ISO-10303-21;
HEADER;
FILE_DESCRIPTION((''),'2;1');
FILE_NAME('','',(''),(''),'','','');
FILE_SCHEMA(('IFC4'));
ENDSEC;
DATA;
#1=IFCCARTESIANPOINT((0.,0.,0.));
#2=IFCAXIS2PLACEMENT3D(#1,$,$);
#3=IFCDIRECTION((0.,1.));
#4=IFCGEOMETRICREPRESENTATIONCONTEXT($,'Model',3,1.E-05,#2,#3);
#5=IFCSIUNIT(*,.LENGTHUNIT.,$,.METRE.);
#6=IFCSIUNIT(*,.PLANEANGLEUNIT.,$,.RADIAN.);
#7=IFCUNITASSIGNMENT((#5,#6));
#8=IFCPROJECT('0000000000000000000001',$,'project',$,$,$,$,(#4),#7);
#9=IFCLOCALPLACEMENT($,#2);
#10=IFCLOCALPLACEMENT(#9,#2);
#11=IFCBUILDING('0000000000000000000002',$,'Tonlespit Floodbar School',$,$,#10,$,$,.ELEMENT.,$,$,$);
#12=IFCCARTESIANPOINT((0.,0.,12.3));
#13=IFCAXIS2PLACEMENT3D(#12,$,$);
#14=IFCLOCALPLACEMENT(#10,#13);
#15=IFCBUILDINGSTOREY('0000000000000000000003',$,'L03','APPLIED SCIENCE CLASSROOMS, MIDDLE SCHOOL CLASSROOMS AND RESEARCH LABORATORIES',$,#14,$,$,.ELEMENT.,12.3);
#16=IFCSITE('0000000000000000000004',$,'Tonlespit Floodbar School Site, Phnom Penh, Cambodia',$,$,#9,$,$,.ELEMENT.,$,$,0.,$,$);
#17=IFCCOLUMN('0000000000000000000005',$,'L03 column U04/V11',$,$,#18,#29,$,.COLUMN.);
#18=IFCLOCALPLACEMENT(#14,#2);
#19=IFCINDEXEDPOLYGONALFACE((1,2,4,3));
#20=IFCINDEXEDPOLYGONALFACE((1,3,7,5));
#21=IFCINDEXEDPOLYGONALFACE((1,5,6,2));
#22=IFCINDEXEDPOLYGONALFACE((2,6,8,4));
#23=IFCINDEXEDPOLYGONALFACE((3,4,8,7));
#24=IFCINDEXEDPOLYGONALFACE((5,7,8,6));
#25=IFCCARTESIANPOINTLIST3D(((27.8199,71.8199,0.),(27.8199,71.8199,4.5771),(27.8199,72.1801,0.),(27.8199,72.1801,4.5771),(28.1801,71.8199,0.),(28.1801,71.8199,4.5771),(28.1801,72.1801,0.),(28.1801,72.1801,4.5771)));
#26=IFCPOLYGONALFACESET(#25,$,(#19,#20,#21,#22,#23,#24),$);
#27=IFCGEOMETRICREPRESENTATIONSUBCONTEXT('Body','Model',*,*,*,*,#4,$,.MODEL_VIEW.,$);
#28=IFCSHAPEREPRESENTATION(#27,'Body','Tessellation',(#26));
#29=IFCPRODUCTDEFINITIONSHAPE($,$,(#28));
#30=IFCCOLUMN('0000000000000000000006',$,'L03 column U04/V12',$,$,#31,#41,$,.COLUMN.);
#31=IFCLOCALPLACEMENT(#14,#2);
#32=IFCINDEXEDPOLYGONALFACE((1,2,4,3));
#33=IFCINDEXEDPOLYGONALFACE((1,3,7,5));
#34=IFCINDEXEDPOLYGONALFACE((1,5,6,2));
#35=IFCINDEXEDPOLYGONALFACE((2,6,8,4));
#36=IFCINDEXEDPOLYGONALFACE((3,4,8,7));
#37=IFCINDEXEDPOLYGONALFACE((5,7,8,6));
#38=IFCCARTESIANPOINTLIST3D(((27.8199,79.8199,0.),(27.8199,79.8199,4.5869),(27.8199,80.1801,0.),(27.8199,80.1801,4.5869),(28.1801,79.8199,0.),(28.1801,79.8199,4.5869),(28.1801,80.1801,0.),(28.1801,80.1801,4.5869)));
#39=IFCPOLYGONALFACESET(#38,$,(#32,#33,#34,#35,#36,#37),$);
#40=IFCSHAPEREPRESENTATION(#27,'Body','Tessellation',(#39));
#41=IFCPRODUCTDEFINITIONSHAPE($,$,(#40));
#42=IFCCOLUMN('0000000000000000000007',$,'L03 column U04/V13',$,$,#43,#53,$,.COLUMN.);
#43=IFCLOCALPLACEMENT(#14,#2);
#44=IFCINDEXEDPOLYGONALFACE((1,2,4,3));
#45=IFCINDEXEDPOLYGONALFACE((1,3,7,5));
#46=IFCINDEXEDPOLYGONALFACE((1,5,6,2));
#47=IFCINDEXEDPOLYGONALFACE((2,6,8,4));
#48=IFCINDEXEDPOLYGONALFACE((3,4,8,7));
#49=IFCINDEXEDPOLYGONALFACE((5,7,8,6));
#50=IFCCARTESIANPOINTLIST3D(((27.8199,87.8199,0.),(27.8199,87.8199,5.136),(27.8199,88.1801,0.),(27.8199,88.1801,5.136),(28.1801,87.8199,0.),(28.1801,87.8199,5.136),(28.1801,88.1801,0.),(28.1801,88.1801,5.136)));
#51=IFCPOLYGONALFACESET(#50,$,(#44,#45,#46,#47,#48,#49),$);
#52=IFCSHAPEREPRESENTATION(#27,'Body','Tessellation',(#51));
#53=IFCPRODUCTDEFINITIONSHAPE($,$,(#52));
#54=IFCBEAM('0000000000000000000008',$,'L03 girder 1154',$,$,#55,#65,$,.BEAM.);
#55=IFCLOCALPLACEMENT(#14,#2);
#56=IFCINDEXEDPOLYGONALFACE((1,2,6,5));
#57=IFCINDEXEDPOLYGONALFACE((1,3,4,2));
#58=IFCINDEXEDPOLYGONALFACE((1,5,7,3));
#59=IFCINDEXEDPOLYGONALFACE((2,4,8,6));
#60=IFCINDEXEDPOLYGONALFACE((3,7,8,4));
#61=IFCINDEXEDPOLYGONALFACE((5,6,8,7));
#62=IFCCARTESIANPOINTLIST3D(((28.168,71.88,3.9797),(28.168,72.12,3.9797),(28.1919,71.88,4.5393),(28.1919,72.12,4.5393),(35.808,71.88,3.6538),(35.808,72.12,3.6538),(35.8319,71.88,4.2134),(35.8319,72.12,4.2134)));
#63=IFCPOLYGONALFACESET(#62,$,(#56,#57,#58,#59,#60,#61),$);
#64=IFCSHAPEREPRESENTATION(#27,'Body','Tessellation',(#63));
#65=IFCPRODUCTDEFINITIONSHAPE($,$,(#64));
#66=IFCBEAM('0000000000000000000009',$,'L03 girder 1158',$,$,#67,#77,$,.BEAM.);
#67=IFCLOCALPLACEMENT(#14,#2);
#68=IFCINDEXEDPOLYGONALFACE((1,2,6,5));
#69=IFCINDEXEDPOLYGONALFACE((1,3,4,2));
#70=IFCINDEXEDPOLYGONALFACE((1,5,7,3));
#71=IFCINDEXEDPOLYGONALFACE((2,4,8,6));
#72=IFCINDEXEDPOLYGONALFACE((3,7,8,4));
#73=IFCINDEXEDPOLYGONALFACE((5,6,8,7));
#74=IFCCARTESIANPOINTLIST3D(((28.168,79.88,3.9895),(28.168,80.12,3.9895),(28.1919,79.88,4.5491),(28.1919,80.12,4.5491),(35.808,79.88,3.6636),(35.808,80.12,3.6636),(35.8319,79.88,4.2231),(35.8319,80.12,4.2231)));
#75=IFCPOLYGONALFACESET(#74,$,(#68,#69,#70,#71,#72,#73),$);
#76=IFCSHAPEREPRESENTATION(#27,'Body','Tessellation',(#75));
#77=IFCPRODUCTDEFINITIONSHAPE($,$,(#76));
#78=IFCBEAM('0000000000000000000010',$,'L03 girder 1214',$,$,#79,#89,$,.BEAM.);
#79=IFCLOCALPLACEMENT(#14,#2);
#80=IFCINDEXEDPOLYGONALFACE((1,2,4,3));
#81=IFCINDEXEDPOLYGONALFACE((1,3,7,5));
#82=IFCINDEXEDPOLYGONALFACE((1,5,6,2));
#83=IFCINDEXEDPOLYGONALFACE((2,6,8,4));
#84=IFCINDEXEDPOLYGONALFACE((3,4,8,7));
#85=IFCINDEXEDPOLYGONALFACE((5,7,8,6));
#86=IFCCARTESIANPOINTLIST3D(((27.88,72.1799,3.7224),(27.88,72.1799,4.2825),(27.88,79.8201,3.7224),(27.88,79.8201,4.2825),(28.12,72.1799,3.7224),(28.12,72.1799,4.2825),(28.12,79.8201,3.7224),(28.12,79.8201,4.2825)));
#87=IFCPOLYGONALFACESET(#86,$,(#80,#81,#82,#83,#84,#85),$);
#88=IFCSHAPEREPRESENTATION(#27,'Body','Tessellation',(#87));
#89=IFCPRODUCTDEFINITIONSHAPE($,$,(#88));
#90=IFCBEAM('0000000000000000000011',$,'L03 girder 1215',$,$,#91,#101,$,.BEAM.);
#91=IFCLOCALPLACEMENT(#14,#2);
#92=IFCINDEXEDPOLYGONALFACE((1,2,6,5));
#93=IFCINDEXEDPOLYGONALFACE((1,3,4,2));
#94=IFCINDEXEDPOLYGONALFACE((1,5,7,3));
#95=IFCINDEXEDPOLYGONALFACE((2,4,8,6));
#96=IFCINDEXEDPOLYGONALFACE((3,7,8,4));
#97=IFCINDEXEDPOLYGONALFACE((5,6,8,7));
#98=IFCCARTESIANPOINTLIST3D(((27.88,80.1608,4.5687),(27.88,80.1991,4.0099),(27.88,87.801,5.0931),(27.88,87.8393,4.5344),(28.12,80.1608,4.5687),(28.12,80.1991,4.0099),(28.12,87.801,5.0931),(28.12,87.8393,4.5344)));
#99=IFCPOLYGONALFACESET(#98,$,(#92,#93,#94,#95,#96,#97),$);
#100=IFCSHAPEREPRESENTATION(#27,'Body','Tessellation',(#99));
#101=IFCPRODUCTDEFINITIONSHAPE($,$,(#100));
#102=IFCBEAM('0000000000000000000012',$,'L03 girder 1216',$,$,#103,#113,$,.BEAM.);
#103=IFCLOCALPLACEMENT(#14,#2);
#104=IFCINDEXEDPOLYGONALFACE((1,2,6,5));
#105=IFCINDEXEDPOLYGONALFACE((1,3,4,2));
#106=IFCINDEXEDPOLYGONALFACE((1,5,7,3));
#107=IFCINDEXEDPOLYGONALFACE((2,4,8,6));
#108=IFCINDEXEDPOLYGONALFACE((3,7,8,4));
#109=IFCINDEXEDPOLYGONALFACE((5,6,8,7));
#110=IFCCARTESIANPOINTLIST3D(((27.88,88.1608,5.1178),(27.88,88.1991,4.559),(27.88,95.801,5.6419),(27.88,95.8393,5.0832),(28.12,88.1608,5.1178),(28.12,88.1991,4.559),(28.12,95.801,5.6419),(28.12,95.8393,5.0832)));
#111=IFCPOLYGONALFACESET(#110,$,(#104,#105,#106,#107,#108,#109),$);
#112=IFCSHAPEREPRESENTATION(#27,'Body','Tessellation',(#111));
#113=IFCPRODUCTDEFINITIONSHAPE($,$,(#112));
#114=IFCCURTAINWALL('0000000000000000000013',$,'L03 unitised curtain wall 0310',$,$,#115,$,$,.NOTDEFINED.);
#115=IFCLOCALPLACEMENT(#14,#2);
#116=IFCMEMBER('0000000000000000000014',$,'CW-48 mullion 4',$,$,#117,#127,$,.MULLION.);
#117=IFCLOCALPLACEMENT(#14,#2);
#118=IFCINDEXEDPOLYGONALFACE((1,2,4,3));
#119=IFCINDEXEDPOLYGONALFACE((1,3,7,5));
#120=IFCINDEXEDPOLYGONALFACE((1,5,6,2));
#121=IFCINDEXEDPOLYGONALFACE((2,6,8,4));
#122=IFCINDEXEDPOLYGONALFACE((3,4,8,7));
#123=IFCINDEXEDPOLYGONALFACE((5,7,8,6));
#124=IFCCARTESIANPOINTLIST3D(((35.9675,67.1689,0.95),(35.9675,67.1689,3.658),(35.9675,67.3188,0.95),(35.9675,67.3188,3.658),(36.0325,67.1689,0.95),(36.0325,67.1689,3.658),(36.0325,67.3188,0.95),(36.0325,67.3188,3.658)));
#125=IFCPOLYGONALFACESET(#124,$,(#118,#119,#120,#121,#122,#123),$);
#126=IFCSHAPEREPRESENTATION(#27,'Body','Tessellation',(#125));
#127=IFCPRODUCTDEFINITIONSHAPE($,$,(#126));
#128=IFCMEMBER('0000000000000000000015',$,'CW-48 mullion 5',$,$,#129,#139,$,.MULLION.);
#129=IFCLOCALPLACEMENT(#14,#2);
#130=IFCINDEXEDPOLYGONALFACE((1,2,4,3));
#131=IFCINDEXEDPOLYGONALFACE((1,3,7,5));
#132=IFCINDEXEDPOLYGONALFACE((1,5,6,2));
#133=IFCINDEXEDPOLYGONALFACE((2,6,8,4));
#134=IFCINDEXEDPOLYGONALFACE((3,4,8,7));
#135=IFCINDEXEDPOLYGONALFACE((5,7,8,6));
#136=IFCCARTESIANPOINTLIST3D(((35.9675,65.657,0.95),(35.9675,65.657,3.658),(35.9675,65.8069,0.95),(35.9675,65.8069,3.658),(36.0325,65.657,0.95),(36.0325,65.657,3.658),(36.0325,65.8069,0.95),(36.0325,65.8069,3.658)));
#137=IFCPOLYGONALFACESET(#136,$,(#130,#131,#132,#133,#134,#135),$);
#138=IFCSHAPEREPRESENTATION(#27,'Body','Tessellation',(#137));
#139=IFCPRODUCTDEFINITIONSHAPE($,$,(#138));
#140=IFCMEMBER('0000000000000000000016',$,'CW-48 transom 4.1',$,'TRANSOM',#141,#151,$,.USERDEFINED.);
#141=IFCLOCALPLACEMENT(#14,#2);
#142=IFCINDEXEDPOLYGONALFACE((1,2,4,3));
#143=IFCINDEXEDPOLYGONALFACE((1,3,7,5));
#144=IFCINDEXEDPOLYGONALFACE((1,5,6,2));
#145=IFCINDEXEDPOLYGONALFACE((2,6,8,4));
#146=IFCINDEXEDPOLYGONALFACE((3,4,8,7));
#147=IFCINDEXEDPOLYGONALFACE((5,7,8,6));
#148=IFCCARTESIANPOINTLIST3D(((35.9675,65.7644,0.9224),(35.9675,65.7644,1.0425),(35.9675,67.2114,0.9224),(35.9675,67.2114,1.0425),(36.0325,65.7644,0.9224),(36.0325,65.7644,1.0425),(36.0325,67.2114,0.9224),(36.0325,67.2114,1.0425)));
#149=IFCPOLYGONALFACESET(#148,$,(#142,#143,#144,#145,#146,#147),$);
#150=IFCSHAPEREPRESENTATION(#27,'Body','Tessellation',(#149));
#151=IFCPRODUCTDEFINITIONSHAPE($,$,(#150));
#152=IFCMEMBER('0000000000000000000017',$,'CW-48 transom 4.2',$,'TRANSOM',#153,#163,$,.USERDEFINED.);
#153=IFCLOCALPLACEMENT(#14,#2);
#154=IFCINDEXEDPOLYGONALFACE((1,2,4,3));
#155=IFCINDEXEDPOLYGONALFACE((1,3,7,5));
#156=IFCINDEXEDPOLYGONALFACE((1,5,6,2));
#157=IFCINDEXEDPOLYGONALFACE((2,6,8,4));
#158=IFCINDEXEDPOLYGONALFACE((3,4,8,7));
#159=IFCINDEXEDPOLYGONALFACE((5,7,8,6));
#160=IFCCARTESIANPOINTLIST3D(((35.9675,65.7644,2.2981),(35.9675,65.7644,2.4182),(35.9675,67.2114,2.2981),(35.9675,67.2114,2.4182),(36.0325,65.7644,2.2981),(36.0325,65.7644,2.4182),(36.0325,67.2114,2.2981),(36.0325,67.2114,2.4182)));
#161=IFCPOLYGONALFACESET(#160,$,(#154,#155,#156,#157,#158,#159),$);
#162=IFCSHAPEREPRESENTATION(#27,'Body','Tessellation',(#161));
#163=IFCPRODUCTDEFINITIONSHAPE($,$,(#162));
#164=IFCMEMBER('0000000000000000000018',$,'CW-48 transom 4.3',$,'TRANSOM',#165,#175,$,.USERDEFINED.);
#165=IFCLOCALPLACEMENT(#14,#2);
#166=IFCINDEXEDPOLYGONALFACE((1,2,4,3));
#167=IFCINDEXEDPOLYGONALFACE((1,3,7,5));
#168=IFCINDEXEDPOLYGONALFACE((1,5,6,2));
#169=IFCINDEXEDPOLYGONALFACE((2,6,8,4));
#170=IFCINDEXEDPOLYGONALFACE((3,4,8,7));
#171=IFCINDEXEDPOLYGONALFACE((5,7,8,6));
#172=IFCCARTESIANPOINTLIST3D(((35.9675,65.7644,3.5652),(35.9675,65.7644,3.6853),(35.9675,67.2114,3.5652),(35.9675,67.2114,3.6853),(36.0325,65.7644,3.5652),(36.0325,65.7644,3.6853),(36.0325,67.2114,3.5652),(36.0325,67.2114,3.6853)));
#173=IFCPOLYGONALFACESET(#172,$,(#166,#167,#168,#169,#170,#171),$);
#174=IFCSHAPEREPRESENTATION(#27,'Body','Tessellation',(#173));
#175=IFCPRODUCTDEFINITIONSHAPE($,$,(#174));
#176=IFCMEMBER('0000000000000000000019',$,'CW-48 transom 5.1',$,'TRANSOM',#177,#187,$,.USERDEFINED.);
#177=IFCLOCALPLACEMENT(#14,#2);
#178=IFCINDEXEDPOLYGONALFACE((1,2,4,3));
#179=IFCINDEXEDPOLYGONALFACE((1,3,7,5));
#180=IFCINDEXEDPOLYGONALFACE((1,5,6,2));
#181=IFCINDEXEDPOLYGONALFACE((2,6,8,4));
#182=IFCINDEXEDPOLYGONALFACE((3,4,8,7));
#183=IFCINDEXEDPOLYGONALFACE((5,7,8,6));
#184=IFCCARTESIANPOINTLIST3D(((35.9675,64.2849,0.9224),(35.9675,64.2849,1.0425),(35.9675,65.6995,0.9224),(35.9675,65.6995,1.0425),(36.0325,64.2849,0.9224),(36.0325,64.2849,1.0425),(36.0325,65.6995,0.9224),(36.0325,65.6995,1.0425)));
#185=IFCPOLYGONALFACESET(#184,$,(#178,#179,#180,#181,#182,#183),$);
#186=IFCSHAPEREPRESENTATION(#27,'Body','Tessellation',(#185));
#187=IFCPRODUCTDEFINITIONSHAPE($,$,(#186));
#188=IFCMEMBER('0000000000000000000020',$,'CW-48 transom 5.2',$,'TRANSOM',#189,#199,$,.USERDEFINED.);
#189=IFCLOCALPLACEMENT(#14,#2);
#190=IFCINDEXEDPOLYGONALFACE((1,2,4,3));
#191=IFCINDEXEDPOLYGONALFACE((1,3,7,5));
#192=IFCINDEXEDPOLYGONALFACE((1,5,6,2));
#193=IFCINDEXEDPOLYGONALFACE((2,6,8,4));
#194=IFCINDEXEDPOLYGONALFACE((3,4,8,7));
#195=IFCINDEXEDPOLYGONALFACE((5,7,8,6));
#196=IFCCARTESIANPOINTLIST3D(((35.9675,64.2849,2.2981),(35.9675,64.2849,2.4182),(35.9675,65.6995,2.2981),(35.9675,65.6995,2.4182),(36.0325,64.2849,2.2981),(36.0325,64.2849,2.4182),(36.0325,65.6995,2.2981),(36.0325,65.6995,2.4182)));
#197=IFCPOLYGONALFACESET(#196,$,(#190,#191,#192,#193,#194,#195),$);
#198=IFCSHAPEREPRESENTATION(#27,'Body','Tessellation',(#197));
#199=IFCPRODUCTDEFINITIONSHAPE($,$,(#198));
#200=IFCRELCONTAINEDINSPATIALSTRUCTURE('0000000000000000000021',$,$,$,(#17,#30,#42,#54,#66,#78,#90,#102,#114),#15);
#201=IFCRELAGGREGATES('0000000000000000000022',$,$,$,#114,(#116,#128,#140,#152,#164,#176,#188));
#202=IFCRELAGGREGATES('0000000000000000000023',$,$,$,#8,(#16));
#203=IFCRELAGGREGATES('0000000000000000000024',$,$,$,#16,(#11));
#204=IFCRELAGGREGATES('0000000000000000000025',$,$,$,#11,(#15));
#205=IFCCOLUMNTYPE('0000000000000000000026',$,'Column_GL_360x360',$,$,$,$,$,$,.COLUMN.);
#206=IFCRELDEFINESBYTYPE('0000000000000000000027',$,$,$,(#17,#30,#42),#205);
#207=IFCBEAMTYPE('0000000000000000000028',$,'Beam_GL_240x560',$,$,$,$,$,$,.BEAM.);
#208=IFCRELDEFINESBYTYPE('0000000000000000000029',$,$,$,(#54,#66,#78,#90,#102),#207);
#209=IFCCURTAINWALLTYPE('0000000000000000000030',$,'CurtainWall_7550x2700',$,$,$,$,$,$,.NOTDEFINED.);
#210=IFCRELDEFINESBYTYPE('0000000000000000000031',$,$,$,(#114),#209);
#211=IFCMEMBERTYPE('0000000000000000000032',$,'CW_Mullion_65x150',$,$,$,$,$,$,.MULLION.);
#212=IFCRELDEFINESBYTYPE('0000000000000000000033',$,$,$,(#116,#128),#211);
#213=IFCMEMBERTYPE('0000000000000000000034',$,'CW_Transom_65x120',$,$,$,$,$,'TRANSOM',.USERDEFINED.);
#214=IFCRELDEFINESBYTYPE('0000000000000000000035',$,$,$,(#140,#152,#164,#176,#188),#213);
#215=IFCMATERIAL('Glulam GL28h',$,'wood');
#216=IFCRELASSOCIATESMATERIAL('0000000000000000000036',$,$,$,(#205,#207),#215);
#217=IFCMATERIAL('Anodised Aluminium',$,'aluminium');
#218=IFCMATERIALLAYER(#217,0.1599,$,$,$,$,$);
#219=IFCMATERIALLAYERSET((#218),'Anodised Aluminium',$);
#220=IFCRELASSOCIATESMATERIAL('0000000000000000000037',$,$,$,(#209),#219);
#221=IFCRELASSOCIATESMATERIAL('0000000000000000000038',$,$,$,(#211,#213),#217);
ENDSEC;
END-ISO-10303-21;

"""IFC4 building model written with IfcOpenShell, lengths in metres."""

from ifc_helpers import new_model, si_unit, direction, frame, origin, origin_2d, place, context, subcontext, project, spatial, rectangle, extrude, material, layer, layer_set, material_profile, profile_set, type_object, element, aggregate, save


model = new_model("IFC4")

# Units and contexts
model_context = context("Model", 3, precision=1e-05, world=origin(), true_north=direction((0.0, 1.0)))
body_context = subcontext(model_context, "Body", "Model", "MODEL_VIEW")
ifc_project = project(units=[si_unit("LENGTHUNIT", "METRE"), si_unit("PLANEANGLEUNIT", "RADIAN")], contexts=[model_context])

# Site, building, storey
site_placement = place(None, origin())
site = spatial("IfcSite", under=ifc_project, at=site_placement, Name="Tonlespit Floodbar School Site, Phnom Penh, Cambodia", CompositionType="ELEMENT", RefElevation=0.0)
building_placement = place(site_placement, origin())
building = spatial("IfcBuilding", under=site, at=building_placement, Name="Tonlespit Floodbar School", CompositionType="ELEMENT")
storey_placement = place(building_placement, frame((0.0, 0.0, 12.3)))
storey = spatial("IfcBuildingStorey", under=building, at=storey_placement, Name="L03", Description="APPLIED SCIENCE CLASSROOMS, MIDDLE SCHOOL CLASSROOMS AND RESEARCH LABORATORIES", CompositionType="ELEMENT", Elevation=12.3)

# Columns
ifc_material_1 = material(Name="Glulam GL28h", Category="wood")
ifc_material_profile_1 = material_profile(ifc_material_1, rectangle(XDim=0.3601, YDim=0.3601, at=origin_2d()), Name="GL 360x360")
ifc_profile_set_1 = profile_set([ifc_material_profile_1], Name="Glulam GL28h")
column_type = type_object("IfcColumnType", Name="Column_GL_360x360", PredefinedType="COLUMN", material=ifc_profile_set_1)
column_1_placement = place(storey_placement, frame((28.0, 72.0, 0.0), z_axis=(0.0, 0.0, 1.0), x_axis=(1.0, 0.0, 0.0)))
element("IfcColumn", 1, at=column_1_placement, inside=storey, type_object=column_type, Name="L03 column U04/V11", PredefinedType="COLUMN", context=body_context, shape_type="SweptSolid", body=[
    extrude(rectangle(XDim=0.3601, YDim=0.3601, at=origin_2d()), origin(), (0.0, 0.0, 1.0), 4.5771),
])
column_2_placement = place(storey_placement, frame((28.0, 80.0, 0.0), z_axis=(0.0, 0.0, 1.0), x_axis=(1.0, 0.0, 0.0)))
element("IfcColumn", 2, at=column_2_placement, inside=storey, type_object=column_type, Name="L03 column U04/V12", PredefinedType="COLUMN", context=body_context, shape_type="SweptSolid", body=[
    extrude(rectangle(XDim=0.3601, YDim=0.3601, at=origin_2d()), origin(), (0.0, 0.0, 1.0), 4.5869),
])
column_3_placement = place(storey_placement, frame((28.0, 88.0, 0.0), z_axis=(0.0, 0.0, 1.0), x_axis=(1.0, 0.0, 0.0)))
element("IfcColumn", 3, at=column_3_placement, inside=storey, type_object=column_type, Name="L03 column U04/V13", PredefinedType="COLUMN", context=body_context, shape_type="SweptSolid", body=[
    extrude(rectangle(XDim=0.3601, YDim=0.3601, at=origin_2d()), origin(), (0.0, 0.0, 1.0), 5.136),
])

# Beams
ifc_material_profile_2 = material_profile(ifc_material_1, rectangle(XDim=0.24, YDim=0.5601, at=origin_2d()), Name="GL 240x560")
ifc_profile_set_2 = profile_set([ifc_material_profile_2], Name="Glulam GL28h")
beam_type_1 = type_object("IfcBeamType", Name="Beam_GL_240x560", PredefinedType="BEAM", material=ifc_profile_set_2)
for number, where, z_axis, x_axis, name in (
    (4, (28.1799, 72.0, 4.2595), (0.999091, 0.0, -0.042621), (0.0, 1.0, 0.0), "L03 girder 1154"),
    (5, (28.1799, 80.0, 4.2693), (0.999091, 0.0, -0.042621), (0.0, 1.0, 0.0), "L03 girder 1158"),
):
    element("IfcBeam", number, at=place(storey_placement, frame(where, z_axis=z_axis, x_axis=x_axis)), inside=storey, type_object=beam_type_1, Name=name, PredefinedType="BEAM", context=body_context, shape_type="SweptSolid", body=[
        extrude(rectangle(XDim=0.24, YDim=0.5601, at=origin_2d()), origin(), (0.0, 0.0, 1.0), 7.647),
    ])
beam_1_placement = place(storey_placement, frame((28.0, 72.1799, 4.0024), z_axis=(0.0, 1.0, 0.0), x_axis=(-1.0, 0.0, 0.0)))
element("IfcBeam", 6, at=beam_1_placement, inside=storey, type_object=beam_type_1, Name="L03 girder 1214", PredefinedType="BEAM", context=body_context, shape_type="SweptSolid", body=[
    extrude(rectangle(XDim=0.24, YDim=0.5601, at=origin_2d()), origin(), (0.0, 0.0, 1.0), 7.6401),
])
for number, where, z_axis, x_axis, name in (
    (7, (28.0, 80.1799, 4.2893), (0.0, 0.997653, 0.068478), (-1.0, 0.0, 0.0), "L03 girder 1215"),
    (8, (28.0, 88.1799, 4.8384), (0.0, 0.997655, 0.068447), (-1.0, 0.0, 0.0), "L03 girder 1216"),
):
    element("IfcBeam", number, at=place(storey_placement, frame(where, z_axis=z_axis, x_axis=x_axis)), inside=storey, type_object=beam_type_1, Name=name, PredefinedType="BEAM", context=body_context, shape_type="SweptSolid", body=[
        extrude(rectangle(XDim=0.24, YDim=0.5601, at=origin_2d()), origin(), (0.0, 0.0, 1.0), 7.6582),
    ])

# Curtain wall, members
ifc_material_2 = material(Name="Anodised Aluminium", Category="aluminium")
ifc_layer_1 = layer(ifc_material_2, 0.1599)
ifc_layer_set_1 = layer_set([ifc_layer_1], Name="Anodised Aluminium")
curtain_wall_type = type_object("IfcCurtainWallType", Name="CurtainWall_7550x2700", PredefinedType="NOTDEFINED", material=ifc_layer_set_1)
curtain_wall_placement = place(storey_placement, origin())
curtain_wall = element("IfcCurtainWall", 9, at=curtain_wall_placement, inside=storey, type_object=curtain_wall_type, Name="L03 unitised curtain wall 0310", PredefinedType="NOTDEFINED")
ifc_material_profile_3 = material_profile(ifc_material_2, rectangle(XDim=0.0649, YDim=0.1499, at=origin_2d()), Name="ALU M65x150")
ifc_profile_set_3 = profile_set([ifc_material_profile_3], Name="Anodised Aluminium")
member_type_1 = type_object("IfcMemberType", Name="CW_Mullion_65x150", PredefinedType="MULLION", material=ifc_profile_set_3)
member_1_placement = place(storey_placement, frame((36.0, 67.2439, 0.95), z_axis=(0.0, 0.0, 1.0), x_axis=(1.0, 0.0, 0.0)))
member_1 = element("IfcMember", 10, at=member_1_placement, type_object=member_type_1, Name="CW-48 mullion 4", PredefinedType="MULLION", context=body_context, shape_type="SweptSolid", body=[
    extrude(rectangle(XDim=0.0649, YDim=0.1499, at=origin_2d()), origin(), (0.0, 0.0, 1.0), 2.708),
])
member_2_placement = place(storey_placement, frame((36.0, 65.7319, 0.95), z_axis=(0.0, 0.0, 1.0), x_axis=(1.0, 0.0, 0.0)))
member_2 = element("IfcMember", 11, at=member_2_placement, type_object=member_type_1, Name="CW-48 mullion 5", PredefinedType="MULLION", context=body_context, shape_type="SweptSolid", body=[
    extrude(rectangle(XDim=0.0649, YDim=0.1499, at=origin_2d()), origin(), (0.0, 0.0, 1.0), 2.708),
])
ifc_material_profile_4 = material_profile(ifc_material_2, rectangle(XDim=0.0649, YDim=0.1201, at=origin_2d()), Name="ALU T65x120")
ifc_profile_set_4 = profile_set([ifc_material_profile_4], Name="Anodised Aluminium")
member_type_2 = type_object("IfcMemberType", Name="CW_Transom_65x120", ElementType="TRANSOM", PredefinedType="USERDEFINED", material=ifc_profile_set_4)
member_3_placement = place(storey_placement, frame((36.0, 67.2114, 0.9824), z_axis=(0.0, -1.0, 0.0), x_axis=(1.0, 0.0, 0.0)))
member_3 = element("IfcMember", 12, at=member_3_placement, type_object=member_type_2, Name="CW-48 transom 4.1", ObjectType="TRANSOM", PredefinedType="USERDEFINED", context=body_context, shape_type="SweptSolid", body=[
    extrude(rectangle(XDim=0.0649, YDim=0.1201, at=origin_2d()), origin(), (0.0, 0.0, 1.0), 1.447),
])
member_4_placement = place(storey_placement, frame((36.0, 67.2114, 2.3582), z_axis=(0.0, -1.0, 0.0), x_axis=(1.0, 0.0, 0.0)))
member_4 = element("IfcMember", 13, at=member_4_placement, type_object=member_type_2, Name="CW-48 transom 4.2", ObjectType="TRANSOM", PredefinedType="USERDEFINED", context=body_context, shape_type="SweptSolid", body=[
    extrude(rectangle(XDim=0.0649, YDim=0.1201, at=origin_2d()), origin(), (0.0, 0.0, 1.0), 1.447),
])
member_5_placement = place(storey_placement, frame((36.0, 67.2114, 3.6252), z_axis=(0.0, -1.0, 0.0), x_axis=(1.0, 0.0, 0.0)))
member_5 = element("IfcMember", 14, at=member_5_placement, type_object=member_type_2, Name="CW-48 transom 4.3", ObjectType="TRANSOM", PredefinedType="USERDEFINED", context=body_context, shape_type="SweptSolid", body=[
    extrude(rectangle(XDim=0.0649, YDim=0.1201, at=origin_2d()), origin(), (0.0, 0.0, 1.0), 1.447),
])
member_6_placement = place(storey_placement, frame((36.0, 65.6995, 0.9824), z_axis=(0.0, -1.0, 0.0), x_axis=(1.0, 0.0, 0.0)))
member_6 = element("IfcMember", 15, at=member_6_placement, type_object=member_type_2, Name="CW-48 transom 5.1", ObjectType="TRANSOM", PredefinedType="USERDEFINED", context=body_context, shape_type="SweptSolid", body=[
    extrude(rectangle(XDim=0.0649, YDim=0.1201, at=origin_2d()), origin(), (0.0, 0.0, 1.0), 1.4146),
])
member_7_placement = place(storey_placement, frame((36.0, 65.6995, 2.3582), z_axis=(0.0, -1.0, 0.0), x_axis=(1.0, 0.0, 0.0)))
member_7 = element("IfcMember", 16, at=member_7_placement, type_object=member_type_2, Name="CW-48 transom 5.2", ObjectType="TRANSOM", PredefinedType="USERDEFINED", context=body_context, shape_type="SweptSolid", body=[
    extrude(rectangle(XDim=0.0649, YDim=0.1201, at=origin_2d()), origin(), (0.0, 0.0, 1.0), 1.4146),
])

aggregate(curtain_wall, [member_1, member_2, member_3, member_4, member_5, member_6, member_7])

save(model, "model.ifc")
